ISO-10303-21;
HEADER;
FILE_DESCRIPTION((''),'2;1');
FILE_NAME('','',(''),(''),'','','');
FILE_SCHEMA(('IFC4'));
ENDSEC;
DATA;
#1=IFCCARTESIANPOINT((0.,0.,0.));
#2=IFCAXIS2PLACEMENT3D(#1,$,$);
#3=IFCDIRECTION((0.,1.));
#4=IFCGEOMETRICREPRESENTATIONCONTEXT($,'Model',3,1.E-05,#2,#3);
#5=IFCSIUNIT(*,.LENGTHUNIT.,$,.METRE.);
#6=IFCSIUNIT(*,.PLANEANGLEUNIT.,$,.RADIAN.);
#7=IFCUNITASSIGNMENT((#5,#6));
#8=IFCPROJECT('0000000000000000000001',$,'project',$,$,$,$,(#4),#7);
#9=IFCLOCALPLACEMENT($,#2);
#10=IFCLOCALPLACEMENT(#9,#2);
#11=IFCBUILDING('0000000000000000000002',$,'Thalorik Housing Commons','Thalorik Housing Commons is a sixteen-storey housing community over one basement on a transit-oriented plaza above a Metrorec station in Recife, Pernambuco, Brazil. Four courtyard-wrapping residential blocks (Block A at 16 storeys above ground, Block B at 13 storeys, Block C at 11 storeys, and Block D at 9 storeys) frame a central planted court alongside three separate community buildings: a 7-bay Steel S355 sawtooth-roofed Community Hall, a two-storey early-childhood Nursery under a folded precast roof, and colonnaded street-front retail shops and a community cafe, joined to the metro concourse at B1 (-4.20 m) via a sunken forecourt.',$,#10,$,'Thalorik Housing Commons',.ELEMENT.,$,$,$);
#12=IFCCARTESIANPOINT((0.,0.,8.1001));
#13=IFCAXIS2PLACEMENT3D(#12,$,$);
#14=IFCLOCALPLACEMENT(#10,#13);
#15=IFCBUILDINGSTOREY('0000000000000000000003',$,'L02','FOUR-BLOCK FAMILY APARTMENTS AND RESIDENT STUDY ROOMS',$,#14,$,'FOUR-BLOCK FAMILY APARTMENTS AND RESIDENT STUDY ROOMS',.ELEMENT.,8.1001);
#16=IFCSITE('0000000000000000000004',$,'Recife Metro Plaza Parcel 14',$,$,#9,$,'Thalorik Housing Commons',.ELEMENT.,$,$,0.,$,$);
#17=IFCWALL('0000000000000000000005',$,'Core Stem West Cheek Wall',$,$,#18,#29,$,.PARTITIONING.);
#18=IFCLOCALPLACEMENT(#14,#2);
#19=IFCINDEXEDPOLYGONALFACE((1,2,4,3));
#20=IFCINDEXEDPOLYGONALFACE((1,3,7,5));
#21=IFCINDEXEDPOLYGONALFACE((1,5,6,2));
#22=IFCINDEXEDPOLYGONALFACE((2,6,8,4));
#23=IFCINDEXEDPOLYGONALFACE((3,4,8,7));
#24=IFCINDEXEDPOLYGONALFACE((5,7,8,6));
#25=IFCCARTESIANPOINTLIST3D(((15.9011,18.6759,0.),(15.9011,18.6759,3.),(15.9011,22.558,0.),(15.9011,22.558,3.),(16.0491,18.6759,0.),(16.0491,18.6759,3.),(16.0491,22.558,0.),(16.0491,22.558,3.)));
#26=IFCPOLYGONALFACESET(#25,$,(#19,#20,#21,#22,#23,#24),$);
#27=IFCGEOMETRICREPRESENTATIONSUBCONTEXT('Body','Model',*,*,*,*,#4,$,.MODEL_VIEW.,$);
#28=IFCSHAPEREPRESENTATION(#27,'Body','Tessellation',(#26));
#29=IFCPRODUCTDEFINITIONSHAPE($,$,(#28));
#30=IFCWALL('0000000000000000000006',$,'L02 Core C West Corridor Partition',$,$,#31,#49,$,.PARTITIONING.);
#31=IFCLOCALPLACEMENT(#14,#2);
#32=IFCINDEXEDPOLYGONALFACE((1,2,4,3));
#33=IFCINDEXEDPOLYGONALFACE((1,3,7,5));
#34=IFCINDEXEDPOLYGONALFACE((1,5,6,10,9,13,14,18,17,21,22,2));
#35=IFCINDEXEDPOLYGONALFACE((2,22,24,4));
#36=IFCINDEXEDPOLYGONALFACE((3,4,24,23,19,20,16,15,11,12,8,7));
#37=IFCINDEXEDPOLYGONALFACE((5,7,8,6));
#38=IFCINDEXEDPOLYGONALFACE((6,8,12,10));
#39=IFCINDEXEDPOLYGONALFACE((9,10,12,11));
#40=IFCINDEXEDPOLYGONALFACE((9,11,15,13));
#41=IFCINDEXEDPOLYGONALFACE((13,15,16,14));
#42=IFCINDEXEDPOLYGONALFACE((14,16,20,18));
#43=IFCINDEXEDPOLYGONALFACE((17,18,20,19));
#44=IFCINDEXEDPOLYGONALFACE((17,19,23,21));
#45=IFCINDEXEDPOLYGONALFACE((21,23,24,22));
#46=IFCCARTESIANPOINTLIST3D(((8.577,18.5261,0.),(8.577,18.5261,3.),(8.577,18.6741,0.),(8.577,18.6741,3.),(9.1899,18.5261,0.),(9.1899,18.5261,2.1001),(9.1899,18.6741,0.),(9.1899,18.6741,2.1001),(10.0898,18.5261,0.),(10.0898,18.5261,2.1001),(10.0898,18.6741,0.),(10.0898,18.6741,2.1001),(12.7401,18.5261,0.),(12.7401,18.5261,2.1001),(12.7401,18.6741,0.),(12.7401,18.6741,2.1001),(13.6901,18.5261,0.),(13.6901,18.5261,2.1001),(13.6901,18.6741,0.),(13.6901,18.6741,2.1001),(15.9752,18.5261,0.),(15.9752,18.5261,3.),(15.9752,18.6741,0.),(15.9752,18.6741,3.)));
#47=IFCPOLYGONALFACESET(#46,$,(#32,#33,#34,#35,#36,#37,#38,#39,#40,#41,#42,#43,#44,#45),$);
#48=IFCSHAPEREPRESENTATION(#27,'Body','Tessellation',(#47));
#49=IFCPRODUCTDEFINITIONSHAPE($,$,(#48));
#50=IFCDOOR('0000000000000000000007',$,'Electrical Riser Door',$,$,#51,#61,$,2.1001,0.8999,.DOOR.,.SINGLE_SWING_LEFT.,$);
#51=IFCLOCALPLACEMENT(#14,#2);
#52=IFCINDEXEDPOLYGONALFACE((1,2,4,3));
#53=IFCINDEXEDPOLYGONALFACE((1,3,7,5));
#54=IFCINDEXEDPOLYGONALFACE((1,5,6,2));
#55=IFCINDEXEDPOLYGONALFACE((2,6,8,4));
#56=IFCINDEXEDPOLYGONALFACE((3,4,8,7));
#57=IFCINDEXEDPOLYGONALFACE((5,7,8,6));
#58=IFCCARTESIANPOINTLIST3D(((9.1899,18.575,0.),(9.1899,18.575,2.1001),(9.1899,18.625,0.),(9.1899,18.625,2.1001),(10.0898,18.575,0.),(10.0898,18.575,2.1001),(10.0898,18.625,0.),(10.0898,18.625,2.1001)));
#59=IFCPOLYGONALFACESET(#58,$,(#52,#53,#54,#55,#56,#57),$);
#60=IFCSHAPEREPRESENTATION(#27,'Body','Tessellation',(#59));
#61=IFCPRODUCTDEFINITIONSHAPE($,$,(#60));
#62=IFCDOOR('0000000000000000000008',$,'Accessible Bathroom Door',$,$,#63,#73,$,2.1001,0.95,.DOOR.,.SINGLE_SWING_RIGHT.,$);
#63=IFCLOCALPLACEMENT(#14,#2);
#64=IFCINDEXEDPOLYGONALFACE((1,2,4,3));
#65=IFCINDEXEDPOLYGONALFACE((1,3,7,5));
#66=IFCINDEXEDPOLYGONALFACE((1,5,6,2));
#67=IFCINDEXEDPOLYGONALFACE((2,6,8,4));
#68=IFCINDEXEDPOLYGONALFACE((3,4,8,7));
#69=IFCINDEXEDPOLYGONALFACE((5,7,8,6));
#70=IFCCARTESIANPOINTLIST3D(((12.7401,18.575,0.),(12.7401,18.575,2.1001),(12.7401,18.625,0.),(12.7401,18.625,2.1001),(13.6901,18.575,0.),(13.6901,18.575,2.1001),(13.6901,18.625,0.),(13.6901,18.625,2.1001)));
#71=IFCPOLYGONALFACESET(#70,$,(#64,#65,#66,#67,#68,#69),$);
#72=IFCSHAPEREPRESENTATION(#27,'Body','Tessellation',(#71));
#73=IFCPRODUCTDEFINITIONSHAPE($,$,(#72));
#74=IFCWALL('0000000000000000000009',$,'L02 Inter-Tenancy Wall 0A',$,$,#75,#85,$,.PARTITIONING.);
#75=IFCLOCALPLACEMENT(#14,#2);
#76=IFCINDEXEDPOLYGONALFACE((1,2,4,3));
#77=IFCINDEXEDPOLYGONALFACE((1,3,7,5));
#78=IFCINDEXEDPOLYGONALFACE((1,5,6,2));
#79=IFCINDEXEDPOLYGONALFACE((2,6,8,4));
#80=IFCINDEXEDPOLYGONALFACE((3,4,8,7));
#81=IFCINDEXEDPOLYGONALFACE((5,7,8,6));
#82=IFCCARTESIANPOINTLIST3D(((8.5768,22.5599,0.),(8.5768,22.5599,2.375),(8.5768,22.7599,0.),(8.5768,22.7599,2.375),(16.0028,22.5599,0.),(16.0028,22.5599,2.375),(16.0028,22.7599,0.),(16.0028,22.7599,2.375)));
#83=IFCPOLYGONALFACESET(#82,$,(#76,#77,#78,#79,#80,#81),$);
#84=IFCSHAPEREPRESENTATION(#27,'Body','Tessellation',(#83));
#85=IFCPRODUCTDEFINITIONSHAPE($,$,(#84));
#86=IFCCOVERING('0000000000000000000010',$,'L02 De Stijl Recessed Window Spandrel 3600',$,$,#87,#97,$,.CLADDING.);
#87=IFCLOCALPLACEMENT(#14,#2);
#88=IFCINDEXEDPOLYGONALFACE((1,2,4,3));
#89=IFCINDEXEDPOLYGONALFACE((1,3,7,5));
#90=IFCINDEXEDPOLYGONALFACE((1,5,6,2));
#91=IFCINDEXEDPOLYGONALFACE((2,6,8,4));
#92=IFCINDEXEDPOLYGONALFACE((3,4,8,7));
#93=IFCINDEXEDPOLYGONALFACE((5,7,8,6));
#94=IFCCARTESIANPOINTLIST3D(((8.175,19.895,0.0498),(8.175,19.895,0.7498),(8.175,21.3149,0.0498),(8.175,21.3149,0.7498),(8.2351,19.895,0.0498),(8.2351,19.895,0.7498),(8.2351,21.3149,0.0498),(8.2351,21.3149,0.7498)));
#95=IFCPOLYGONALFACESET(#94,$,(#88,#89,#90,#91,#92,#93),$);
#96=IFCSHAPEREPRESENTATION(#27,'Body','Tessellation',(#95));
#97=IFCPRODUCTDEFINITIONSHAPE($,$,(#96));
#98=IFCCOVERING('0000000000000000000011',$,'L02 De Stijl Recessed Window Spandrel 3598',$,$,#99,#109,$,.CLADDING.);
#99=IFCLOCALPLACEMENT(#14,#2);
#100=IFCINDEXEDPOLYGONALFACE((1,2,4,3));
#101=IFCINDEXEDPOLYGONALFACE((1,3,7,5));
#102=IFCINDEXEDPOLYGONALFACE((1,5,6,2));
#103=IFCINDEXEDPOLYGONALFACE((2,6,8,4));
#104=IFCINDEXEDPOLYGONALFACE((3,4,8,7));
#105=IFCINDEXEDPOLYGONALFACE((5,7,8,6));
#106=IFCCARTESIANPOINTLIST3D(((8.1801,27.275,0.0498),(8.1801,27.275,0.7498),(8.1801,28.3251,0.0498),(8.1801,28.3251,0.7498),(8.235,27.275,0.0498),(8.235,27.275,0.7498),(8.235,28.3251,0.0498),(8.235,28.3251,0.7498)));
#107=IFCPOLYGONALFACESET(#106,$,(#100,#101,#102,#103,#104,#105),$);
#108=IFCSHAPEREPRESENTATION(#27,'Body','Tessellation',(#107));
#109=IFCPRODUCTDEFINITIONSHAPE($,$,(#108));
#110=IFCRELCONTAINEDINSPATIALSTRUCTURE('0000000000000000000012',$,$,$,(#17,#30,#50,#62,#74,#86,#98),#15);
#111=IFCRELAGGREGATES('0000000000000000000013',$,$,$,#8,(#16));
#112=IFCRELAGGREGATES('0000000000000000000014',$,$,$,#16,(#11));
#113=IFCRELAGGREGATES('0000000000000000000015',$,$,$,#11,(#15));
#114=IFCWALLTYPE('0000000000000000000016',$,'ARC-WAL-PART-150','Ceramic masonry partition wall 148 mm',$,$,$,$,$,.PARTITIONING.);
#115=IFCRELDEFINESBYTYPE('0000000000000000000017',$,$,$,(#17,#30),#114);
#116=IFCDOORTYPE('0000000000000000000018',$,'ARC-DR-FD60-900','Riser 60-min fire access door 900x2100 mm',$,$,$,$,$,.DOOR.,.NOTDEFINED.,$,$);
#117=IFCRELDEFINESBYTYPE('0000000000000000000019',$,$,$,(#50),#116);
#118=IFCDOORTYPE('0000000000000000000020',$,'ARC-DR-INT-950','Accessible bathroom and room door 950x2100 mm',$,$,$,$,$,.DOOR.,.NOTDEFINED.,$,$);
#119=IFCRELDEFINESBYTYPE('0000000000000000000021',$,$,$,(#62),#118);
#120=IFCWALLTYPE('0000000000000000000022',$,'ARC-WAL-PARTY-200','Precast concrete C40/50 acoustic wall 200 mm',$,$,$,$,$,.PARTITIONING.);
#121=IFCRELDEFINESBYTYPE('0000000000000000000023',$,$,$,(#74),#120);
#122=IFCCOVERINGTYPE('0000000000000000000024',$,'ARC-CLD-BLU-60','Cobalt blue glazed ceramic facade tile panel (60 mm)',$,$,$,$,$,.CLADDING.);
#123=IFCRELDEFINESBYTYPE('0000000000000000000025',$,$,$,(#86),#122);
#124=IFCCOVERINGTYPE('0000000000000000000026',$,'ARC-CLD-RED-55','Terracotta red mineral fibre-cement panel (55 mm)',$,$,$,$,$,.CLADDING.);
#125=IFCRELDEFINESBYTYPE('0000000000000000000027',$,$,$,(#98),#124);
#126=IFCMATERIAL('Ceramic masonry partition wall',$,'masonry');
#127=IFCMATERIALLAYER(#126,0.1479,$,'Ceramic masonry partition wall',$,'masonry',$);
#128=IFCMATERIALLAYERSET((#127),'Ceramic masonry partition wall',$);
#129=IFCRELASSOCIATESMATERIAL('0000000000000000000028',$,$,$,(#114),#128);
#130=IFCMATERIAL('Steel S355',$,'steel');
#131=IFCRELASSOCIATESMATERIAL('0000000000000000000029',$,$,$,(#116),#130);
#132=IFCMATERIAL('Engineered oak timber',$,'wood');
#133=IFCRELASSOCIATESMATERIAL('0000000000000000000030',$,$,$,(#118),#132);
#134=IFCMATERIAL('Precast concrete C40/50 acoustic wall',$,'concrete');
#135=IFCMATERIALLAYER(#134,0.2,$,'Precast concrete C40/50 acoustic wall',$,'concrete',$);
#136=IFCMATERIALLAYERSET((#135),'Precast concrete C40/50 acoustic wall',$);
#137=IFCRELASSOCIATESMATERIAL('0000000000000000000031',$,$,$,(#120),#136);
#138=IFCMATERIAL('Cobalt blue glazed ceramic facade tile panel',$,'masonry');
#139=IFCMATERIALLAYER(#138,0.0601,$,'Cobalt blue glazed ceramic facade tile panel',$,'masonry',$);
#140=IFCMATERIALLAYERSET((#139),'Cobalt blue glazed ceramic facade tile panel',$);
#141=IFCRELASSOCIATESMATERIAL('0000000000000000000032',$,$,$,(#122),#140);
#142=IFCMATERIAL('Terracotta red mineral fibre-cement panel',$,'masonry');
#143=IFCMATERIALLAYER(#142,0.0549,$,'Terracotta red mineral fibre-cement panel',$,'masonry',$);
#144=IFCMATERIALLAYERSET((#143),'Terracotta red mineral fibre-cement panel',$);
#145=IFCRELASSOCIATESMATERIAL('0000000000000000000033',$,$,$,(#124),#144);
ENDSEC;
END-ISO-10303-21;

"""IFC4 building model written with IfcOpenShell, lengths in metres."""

from ifc_helpers import new_model, si_unit, direction, frame, frame_2d, origin, origin_2d, place, context, subcontext, project, spatial, rectangle, extrude, material, layer, layer_set, type_object, element, fill, save


model = new_model("IFC4")

# Units and contexts
model_context = context("Model", 3, precision=1e-05, world=origin(), true_north=direction((0.0, 1.0)))
body_context = subcontext(model_context, "Body", "Model", "MODEL_VIEW")
ifc_project = project(units=[si_unit("LENGTHUNIT", "METRE"), si_unit("PLANEANGLEUNIT", "RADIAN")], contexts=[model_context])

# Site, building, storey
site_placement = place(None, origin())
site = spatial("IfcSite", under=ifc_project, at=site_placement, Name="Recife Metro Plaza Parcel 14", LongName="Thalorik Housing Commons", CompositionType="ELEMENT", RefElevation=0.0)
building_placement = place(site_placement, origin())
building = spatial("IfcBuilding", under=site, at=building_placement, Name="Thalorik Housing Commons", Description="Thalorik Housing Commons is a sixteen-storey housing community over one basement on a transit-oriented plaza above a Metrorec station in Recife, Pernambuco, Brazil. Four courtyard-wrapping residential blocks (Block A at 16 storeys above ground, Block B at 13 storeys, Block C at 11 storeys, and Block D at 9 storeys) frame a central planted court alongside three separate community buildings: a 7-bay Steel S355 sawtooth-roofed Community Hall, a two-storey early-childhood Nursery under a folded precast roof, and colonnaded street-front retail shops and a community cafe, joined to the metro concourse at B1 (-4.20 m) via a sunken forecourt.", LongName="Thalorik Housing Commons", CompositionType="ELEMENT")
storey_placement = place(building_placement, frame((0.0, 0.0, 8.1001)))
storey = spatial("IfcBuildingStorey", under=building, at=storey_placement, Name="L02", Description="FOUR-BLOCK FAMILY APARTMENTS AND RESIDENT STUDY ROOMS", LongName="FOUR-BLOCK FAMILY APARTMENTS AND RESIDENT STUDY ROOMS", CompositionType="ELEMENT", Elevation=8.1001)

# Shared definitions
ifc_material_1 = material(Name="Engineered oak timber", Category="wood")

# Wall
ifc_material_2 = material(Name="Ceramic masonry partition wall", Category="masonry")
ifc_layer_1 = layer(ifc_material_2, 0.1479, Name="Ceramic masonry partition wall", Category="masonry")
ifc_layer_set_1 = layer_set([ifc_layer_1], Name="Ceramic masonry partition wall")
wall_type_1 = type_object("IfcWallType", Name="ARC-WAL-PART-150", Description="Ceramic masonry partition wall 148 mm", PredefinedType="PARTITIONING", material=ifc_layer_set_1)
for number, where, z_axis, x_axis, name in (
    (1, (15.9751, 18.676, 0.0), (0.0, 0.0, 1.0), (0.0, 1.0, 0.0), "Core Stem West Cheek Wall"),
):
    element("IfcWall", number, at=place(storey_placement, frame(where, z_axis=z_axis, x_axis=x_axis)), inside=storey, type_object=wall_type_1, Name=name, PredefinedType="PARTITIONING", context=body_context, shape_type="SweptSolid", body=[
        extrude(rectangle(XDim=3.8821, YDim=0.1479, at=frame_2d((1.9409, 0.0))), origin(), (0.0, 0.0, 1.0), 3.0),
    ])

# Wall, openings, doors
wall_1_placement = place(storey_placement, frame((8.5769, 18.6001, 0.0), z_axis=(0.0, 0.0, 1.0), x_axis=(1.0, 0.0, 0.0)))
wall_1 = element("IfcWall", 2, at=wall_1_placement, inside=storey, type_object=wall_type_1, Name="L02 Core C West Corridor Partition", PredefinedType="PARTITIONING", context=body_context, shape_type="SweptSolid", body=[
    extrude(rectangle(XDim=7.3982, YDim=0.1479, at=frame_2d((3.6992, 0.0))), origin(), (0.0, 0.0, 1.0), 3.0),
])
opening_1_placement = place(wall_1_placement, frame((0.613, 0.0, 0.0)))
opening_1 = element("IfcOpeningElement", 3, at=opening_1_placement, cuts=wall_1, PredefinedType="OPENING", context=body_context, shape_type="SweptSolid", body=[
    extrude(rectangle(XDim=0.8999, YDim=2.1001, at=frame_2d((0.45, 1.05))), frame((0.0, 0.084, 0.0), z_axis=(0.0, -1.0, 0.0), x_axis=(1.0, 0.0, 0.0)), (0.0, 0.0, 1.0), 0.168),
])
opening_2_placement = place(wall_1_placement, frame((4.1631, 0.0, 0.0)))
opening_2 = element("IfcOpeningElement", 4, at=opening_2_placement, cuts=wall_1, PredefinedType="OPENING", context=body_context, shape_type="SweptSolid", body=[
    extrude(rectangle(XDim=0.95, YDim=2.1001, at=frame_2d((0.4751, 1.05))), frame((0.0, 0.084, 0.0), z_axis=(0.0, -1.0, 0.0), x_axis=(1.0, 0.0, 0.0)), (0.0, 0.0, 1.0), 0.168),
])
ifc_material_3 = material(Name="Steel S355", Category="steel")
door_type_1 = type_object("IfcDoorType", Name="ARC-DR-FD60-900", Description="Riser 60-min fire access door 900x2100 mm", OperationType="NOTDEFINED", PredefinedType="DOOR", material=ifc_material_3)
door_1_placement = place(opening_1_placement, origin())
door_1 = element("IfcDoor", 5, at=door_1_placement, inside=storey, type_object=door_type_1, Name="Electrical Riser Door", OperationType="SINGLE_SWING_LEFT", OverallHeight=2.1001, OverallWidth=0.8999, PredefinedType="DOOR", context=body_context, shape_type="SweptSolid", body=[
    extrude(rectangle(XDim=0.8999, YDim=2.1001, at=frame_2d((0.45, 1.05))), frame((0.0, 0.0249, 0.0), z_axis=(0.0, -1.0, 0.0), x_axis=(1.0, 0.0, 0.0)), (0.0, 0.0, 1.0), 0.05),
])
fill(opening_1, door_1)
door_type_2 = type_object("IfcDoorType", Name="ARC-DR-INT-950", Description="Accessible bathroom and room door 950x2100 mm", OperationType="NOTDEFINED", PredefinedType="DOOR", material=ifc_material_1)
door_2_placement = place(opening_2_placement, origin())
door_2 = element("IfcDoor", 6, at=door_2_placement, inside=storey, type_object=door_type_2, Name="Accessible Bathroom Door", OperationType="SINGLE_SWING_RIGHT", OverallHeight=2.1001, OverallWidth=0.95, PredefinedType="DOOR", context=body_context, shape_type="SweptSolid", body=[
    extrude(rectangle(XDim=0.95, YDim=2.1001, at=frame_2d((0.4751, 1.05))), frame((0.0, 0.0249, 0.0), z_axis=(0.0, -1.0, 0.0), x_axis=(1.0, 0.0, 0.0)), (0.0, 0.0, 1.0), 0.05),
])
fill(opening_2, door_2)

# Wall
ifc_material_4 = material(Name="Precast concrete C40/50 acoustic wall", Category="concrete")
ifc_layer_2 = layer(ifc_material_4, 0.2, Name="Precast concrete C40/50 acoustic wall", Category="concrete")
ifc_layer_set_2 = layer_set([ifc_layer_2], Name="Precast concrete C40/50 acoustic wall")
wall_type_2 = type_object("IfcWallType", Name="ARC-WAL-PARTY-200", Description="Precast concrete C40/50 acoustic wall 200 mm", PredefinedType="PARTITIONING", material=ifc_layer_set_2)
wall_2_placement = place(storey_placement, frame((8.5769, 22.6599, 0.0), z_axis=(0.0, 0.0, 1.0), x_axis=(1.0, 0.0, 0.0)))
element("IfcWall", 7, at=wall_2_placement, inside=storey, type_object=wall_type_2, Name="L02 Inter-Tenancy Wall 0A", PredefinedType="PARTITIONING", context=body_context, shape_type="SweptSolid", body=[
    extrude(rectangle(XDim=7.426, YDim=0.2, at=frame_2d((3.7129, 0.0))), origin(), (0.0, 0.0, 1.0), 2.375),
])

# Coverings
ifc_material_5 = material(Name="Cobalt blue glazed ceramic facade tile panel", Category="masonry")
ifc_layer_3 = layer(ifc_material_5, 0.0601, Name="Cobalt blue glazed ceramic facade tile panel", Category="masonry")
ifc_layer_set_3 = layer_set([ifc_layer_3], Name="Cobalt blue glazed ceramic facade tile panel")
covering_type_1 = type_object("IfcCoveringType", Name="ARC-CLD-BLU-60", Description="Cobalt blue glazed ceramic facade tile panel (60 mm)", PredefinedType="CLADDING", material=ifc_layer_set_3)
covering_1_placement = place(storey_placement, frame((8.2051, 20.605, 0.0498), z_axis=(0.0, 0.0, 1.0), x_axis=(0.0, -1.0, 0.0)))
element("IfcCovering", 8, at=covering_1_placement, inside=storey, type_object=covering_type_1, Name="L02 De Stijl Recessed Window Spandrel 3600", PredefinedType="CLADDING", context=body_context, shape_type="SweptSolid", body=[
    extrude(rectangle(XDim=1.4199, YDim=0.0601, at=origin_2d()), origin(), (0.0, 0.0, 1.0), 0.7),
])
ifc_material_6 = material(Name="Terracotta red mineral fibre-cement panel", Category="masonry")
ifc_layer_4 = layer(ifc_material_6, 0.0549, Name="Terracotta red mineral fibre-cement panel", Category="masonry")
ifc_layer_set_4 = layer_set([ifc_layer_4], Name="Terracotta red mineral fibre-cement panel")
covering_type_2 = type_object("IfcCoveringType", Name="ARC-CLD-RED-55", Description="Terracotta red mineral fibre-cement panel (55 mm)", PredefinedType="CLADDING", material=ifc_layer_set_4)
covering_2_placement = place(storey_placement, frame((8.2075, 27.8, 0.0498), z_axis=(0.0, 0.0, 1.0), x_axis=(0.0, -1.0, 0.0)))
element("IfcCovering", 9, at=covering_2_placement, inside=storey, type_object=covering_type_2, Name="L02 De Stijl Recessed Window Spandrel 3598", PredefinedType="CLADDING", context=body_context, shape_type="SweptSolid", body=[
    extrude(rectangle(XDim=1.05, YDim=0.0549, at=origin_2d()), origin(), (0.0, 0.0, 1.0), 0.7),
])

save(model, "model.ifc")
